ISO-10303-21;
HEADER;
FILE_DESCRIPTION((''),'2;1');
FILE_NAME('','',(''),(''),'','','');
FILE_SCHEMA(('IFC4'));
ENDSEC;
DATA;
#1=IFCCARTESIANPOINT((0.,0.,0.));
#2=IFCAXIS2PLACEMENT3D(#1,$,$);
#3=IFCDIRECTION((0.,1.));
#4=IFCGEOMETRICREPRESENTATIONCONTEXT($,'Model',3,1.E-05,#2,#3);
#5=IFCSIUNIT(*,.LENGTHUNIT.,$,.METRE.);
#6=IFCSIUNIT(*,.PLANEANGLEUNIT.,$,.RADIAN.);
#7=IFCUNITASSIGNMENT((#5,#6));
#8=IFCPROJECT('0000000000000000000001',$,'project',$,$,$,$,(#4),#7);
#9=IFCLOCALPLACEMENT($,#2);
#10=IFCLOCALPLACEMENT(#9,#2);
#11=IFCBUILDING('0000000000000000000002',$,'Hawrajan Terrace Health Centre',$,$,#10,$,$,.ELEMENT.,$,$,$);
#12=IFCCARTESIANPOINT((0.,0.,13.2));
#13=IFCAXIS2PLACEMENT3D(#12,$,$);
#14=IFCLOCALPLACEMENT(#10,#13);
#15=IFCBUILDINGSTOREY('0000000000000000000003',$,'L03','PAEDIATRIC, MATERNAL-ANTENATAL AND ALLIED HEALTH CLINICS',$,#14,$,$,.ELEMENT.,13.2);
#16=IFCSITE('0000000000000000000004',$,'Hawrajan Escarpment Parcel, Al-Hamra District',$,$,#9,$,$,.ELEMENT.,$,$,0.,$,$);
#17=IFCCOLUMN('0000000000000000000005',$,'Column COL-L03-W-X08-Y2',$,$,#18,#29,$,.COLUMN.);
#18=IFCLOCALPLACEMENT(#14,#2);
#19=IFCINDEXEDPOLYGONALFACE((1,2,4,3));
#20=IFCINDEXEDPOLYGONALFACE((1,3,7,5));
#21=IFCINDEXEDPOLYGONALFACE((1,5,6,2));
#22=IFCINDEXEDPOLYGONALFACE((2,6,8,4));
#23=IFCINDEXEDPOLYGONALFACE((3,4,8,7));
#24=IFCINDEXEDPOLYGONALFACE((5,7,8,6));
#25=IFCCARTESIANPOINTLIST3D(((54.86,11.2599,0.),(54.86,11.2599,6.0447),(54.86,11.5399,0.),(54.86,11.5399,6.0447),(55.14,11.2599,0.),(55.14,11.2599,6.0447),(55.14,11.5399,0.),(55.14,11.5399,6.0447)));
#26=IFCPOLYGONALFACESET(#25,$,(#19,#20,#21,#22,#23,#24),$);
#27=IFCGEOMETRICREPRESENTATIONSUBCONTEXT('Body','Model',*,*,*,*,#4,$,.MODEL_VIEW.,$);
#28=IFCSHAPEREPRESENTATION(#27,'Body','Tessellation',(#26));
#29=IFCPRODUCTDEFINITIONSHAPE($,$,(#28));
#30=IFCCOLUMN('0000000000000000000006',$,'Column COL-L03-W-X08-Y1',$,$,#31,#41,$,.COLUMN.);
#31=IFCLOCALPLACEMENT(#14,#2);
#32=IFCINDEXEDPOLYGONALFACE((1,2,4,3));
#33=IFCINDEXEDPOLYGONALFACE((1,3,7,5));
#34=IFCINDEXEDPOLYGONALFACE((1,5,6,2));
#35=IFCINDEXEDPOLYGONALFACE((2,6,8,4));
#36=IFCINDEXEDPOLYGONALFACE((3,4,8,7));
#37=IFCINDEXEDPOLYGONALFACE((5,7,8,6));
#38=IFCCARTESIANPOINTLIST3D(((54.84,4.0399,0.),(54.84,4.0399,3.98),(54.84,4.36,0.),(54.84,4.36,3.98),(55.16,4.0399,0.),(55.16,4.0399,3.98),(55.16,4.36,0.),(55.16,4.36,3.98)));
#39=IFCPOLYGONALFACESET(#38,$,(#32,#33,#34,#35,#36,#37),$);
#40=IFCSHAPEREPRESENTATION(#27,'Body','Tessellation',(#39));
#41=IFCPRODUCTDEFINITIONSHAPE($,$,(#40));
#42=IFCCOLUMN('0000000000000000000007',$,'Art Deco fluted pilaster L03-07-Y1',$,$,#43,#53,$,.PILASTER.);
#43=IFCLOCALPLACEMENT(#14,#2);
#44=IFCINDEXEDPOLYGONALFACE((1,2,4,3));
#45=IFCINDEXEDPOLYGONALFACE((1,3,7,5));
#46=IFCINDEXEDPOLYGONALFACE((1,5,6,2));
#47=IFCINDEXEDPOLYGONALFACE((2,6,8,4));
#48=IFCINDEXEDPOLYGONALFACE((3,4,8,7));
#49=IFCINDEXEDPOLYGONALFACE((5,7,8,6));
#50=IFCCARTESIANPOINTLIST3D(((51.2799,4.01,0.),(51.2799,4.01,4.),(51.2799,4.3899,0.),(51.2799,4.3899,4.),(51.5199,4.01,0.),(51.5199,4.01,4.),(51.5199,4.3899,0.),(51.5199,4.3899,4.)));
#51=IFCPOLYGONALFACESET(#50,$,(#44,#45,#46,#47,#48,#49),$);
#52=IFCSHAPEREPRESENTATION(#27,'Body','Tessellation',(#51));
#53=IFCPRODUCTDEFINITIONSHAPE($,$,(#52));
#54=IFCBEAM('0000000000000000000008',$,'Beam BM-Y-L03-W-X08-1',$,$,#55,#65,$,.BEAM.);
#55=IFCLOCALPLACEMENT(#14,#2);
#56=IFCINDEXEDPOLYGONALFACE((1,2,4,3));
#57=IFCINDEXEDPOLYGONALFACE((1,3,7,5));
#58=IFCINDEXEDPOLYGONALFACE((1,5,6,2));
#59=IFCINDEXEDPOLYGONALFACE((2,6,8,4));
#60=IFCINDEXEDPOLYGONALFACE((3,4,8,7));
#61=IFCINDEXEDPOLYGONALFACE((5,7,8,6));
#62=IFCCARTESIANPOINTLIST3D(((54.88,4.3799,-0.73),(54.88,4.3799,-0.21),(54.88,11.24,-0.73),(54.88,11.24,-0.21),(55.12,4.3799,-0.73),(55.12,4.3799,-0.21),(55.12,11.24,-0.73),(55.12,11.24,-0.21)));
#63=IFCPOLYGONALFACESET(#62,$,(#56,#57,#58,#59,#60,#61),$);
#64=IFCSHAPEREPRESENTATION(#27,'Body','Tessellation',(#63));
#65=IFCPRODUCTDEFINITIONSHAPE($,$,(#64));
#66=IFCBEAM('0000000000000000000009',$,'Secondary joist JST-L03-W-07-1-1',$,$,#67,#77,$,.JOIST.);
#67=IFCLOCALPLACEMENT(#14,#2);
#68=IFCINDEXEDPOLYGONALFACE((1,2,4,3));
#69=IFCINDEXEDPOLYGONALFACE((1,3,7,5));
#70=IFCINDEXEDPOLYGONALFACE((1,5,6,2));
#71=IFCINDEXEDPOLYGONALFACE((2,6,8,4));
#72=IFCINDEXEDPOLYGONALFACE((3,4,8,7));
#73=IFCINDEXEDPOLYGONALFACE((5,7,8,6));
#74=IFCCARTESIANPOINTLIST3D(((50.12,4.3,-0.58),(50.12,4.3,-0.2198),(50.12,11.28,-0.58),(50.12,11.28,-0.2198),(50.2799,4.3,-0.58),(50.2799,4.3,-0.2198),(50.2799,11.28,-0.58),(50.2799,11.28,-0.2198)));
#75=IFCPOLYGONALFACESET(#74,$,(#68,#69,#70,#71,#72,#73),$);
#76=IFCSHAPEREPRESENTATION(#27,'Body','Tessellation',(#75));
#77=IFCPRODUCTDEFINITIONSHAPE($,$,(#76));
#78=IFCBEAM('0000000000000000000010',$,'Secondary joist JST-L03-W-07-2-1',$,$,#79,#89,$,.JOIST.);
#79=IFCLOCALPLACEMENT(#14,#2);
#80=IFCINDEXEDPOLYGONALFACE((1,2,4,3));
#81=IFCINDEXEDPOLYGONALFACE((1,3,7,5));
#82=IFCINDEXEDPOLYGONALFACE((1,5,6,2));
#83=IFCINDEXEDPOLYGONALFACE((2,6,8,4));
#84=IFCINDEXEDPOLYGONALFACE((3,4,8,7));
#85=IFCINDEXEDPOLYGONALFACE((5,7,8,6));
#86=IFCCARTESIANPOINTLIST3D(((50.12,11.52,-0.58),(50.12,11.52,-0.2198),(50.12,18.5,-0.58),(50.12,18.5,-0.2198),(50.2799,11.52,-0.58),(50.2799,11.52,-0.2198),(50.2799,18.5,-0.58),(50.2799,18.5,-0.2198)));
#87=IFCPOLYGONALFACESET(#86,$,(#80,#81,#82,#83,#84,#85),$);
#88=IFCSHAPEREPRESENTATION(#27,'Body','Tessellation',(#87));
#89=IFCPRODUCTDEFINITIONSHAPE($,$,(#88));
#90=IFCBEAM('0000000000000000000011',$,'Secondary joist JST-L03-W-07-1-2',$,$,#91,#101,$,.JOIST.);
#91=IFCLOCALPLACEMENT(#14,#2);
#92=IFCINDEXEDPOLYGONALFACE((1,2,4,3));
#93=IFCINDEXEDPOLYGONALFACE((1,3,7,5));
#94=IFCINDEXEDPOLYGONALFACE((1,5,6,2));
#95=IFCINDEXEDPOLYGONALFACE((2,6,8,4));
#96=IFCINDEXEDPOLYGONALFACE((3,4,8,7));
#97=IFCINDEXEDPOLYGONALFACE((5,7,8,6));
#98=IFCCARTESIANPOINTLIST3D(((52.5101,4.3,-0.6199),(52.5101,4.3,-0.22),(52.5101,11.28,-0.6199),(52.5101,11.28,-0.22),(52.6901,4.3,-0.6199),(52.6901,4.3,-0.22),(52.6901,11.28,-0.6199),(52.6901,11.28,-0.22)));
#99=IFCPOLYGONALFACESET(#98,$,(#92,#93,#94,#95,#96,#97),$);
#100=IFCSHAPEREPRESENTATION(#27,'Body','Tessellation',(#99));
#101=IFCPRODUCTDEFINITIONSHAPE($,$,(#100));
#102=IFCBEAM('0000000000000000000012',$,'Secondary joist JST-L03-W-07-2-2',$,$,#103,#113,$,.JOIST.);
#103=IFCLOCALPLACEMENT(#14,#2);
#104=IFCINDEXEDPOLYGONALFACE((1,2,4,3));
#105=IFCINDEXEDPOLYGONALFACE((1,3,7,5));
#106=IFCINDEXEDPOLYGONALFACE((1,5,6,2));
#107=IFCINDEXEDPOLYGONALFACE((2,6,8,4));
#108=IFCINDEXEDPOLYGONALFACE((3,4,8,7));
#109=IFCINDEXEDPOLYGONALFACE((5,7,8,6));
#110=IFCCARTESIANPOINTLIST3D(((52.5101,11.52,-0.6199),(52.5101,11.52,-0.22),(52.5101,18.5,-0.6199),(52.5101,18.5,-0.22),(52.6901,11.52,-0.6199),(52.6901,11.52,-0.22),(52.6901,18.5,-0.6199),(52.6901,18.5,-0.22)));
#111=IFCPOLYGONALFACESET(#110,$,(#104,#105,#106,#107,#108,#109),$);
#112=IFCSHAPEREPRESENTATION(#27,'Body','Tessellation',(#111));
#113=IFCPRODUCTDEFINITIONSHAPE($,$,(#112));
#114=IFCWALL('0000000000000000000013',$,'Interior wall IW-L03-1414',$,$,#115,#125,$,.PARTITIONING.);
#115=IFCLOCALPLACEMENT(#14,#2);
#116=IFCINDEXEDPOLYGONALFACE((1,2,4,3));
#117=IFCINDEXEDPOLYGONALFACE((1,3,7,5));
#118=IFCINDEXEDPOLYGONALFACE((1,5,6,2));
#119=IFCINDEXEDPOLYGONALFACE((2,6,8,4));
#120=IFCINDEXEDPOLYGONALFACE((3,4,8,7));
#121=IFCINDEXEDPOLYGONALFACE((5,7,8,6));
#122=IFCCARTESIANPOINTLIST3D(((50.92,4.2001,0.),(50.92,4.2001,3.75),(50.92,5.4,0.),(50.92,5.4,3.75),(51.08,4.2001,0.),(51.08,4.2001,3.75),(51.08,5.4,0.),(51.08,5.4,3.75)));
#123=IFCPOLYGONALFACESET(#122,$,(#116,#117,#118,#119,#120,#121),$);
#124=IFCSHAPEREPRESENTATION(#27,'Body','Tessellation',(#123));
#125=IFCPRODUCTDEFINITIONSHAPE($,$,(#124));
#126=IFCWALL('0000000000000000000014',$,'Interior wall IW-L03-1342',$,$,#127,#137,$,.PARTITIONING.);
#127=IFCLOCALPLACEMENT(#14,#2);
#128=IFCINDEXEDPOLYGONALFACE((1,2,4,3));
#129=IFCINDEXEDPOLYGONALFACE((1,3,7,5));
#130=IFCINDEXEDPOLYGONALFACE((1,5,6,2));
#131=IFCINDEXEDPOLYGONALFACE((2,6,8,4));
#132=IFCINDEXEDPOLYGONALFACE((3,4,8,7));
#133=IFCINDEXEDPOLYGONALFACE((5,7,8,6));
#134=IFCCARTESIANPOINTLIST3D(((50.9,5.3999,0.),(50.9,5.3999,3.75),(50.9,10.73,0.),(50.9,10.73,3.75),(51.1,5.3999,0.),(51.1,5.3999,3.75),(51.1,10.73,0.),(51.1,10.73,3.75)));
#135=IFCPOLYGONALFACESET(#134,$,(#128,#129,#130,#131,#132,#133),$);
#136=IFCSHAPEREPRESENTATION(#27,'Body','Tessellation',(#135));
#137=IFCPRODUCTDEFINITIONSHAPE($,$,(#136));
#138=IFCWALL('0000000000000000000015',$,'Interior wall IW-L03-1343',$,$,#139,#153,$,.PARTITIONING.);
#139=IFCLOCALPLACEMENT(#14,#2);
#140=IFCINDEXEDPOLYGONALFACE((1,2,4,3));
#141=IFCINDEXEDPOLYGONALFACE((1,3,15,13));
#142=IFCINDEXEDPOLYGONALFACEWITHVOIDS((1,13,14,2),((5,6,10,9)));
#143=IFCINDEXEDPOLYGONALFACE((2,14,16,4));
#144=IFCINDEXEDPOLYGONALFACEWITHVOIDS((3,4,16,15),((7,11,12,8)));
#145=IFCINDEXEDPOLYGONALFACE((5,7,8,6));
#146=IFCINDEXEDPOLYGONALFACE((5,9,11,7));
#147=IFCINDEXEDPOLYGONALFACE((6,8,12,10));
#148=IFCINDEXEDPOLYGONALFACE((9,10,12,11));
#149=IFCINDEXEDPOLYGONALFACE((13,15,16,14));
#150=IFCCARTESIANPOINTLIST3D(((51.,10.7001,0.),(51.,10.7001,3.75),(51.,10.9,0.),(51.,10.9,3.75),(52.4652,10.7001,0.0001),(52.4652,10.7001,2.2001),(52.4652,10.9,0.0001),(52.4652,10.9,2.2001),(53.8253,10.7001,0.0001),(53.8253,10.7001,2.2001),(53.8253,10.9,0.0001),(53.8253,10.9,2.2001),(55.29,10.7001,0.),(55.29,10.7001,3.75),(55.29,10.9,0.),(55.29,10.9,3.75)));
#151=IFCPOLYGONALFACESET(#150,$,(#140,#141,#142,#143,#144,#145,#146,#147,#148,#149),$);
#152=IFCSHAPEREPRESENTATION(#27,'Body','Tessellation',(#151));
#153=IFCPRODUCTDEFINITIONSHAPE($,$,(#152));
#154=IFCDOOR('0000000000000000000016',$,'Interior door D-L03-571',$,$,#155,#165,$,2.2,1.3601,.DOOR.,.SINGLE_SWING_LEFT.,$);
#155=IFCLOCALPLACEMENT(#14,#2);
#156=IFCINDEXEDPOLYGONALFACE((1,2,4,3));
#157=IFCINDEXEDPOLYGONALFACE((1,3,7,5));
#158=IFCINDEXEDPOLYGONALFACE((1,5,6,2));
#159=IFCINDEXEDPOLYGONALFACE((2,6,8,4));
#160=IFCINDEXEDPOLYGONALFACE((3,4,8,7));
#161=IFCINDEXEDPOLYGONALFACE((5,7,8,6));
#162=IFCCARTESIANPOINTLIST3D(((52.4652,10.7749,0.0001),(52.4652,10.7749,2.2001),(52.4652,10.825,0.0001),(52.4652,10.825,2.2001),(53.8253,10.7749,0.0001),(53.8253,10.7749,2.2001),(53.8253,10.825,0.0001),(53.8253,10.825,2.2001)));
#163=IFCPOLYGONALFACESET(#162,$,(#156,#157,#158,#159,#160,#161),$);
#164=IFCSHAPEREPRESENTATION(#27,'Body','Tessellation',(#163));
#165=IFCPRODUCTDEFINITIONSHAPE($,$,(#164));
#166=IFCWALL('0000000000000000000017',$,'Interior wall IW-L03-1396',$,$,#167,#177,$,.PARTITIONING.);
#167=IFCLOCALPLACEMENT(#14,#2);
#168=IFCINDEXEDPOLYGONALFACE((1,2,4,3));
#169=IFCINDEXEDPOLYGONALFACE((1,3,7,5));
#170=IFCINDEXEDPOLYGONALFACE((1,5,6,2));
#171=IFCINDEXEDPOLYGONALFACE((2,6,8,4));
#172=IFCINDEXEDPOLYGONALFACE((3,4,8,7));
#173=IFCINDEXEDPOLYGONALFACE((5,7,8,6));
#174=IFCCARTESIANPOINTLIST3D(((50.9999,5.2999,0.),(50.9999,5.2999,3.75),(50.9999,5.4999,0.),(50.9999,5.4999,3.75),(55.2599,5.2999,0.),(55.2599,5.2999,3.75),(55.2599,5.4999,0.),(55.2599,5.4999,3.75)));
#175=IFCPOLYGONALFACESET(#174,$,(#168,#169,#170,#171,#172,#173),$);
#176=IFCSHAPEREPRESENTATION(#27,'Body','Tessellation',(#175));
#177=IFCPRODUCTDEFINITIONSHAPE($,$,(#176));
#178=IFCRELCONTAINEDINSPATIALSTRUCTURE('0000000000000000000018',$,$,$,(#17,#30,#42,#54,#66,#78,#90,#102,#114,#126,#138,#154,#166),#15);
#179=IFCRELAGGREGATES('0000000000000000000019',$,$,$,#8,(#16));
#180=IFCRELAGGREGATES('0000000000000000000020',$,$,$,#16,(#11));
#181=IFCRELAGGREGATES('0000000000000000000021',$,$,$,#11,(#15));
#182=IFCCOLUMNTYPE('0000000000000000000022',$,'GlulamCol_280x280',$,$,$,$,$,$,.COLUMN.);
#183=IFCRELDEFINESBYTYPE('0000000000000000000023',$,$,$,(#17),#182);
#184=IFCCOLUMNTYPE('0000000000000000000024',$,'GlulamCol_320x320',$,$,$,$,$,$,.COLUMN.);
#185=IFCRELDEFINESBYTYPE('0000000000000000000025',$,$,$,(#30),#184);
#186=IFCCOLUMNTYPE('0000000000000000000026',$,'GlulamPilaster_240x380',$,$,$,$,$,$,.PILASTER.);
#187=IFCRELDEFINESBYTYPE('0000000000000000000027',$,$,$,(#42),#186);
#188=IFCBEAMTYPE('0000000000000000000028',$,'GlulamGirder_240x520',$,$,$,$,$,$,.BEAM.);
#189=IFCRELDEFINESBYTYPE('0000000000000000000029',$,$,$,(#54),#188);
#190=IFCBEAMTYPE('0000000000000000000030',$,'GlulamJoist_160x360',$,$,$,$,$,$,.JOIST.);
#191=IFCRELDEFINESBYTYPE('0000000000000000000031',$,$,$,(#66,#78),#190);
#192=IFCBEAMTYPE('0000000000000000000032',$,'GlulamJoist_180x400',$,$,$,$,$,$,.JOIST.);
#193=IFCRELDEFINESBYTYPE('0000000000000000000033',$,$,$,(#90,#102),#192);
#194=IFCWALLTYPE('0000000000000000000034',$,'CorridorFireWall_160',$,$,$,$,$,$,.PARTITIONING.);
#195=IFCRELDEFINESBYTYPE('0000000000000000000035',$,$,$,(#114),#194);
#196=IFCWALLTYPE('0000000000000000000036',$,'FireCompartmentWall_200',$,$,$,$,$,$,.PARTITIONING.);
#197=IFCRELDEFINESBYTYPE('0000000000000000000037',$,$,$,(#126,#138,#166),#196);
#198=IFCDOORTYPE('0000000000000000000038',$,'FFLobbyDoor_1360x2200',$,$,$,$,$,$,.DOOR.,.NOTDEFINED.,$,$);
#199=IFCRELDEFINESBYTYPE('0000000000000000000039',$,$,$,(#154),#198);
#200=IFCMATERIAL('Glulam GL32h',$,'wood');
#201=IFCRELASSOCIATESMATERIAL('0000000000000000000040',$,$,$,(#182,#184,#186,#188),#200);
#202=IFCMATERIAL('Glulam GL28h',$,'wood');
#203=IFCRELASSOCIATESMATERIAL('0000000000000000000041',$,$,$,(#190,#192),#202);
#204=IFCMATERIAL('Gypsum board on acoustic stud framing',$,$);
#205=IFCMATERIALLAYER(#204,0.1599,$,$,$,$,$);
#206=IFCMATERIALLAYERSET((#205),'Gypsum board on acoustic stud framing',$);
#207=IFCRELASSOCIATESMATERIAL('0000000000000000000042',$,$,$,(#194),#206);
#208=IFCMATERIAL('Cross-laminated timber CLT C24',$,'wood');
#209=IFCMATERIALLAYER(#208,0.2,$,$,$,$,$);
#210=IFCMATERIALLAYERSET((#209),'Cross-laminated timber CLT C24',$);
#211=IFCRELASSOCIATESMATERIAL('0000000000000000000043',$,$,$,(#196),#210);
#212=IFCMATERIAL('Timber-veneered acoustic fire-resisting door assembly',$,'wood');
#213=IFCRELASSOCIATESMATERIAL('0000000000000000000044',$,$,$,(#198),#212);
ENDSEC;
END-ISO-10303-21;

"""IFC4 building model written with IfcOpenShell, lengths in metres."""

from ifc_helpers import new_model, si_unit, direction, frame, frame_2d, origin, origin_2d, place, context, subcontext, project, spatial, rectangle, extrude, material, layer, layer_set, material_profile, profile_set, type_object, element, fill, save


model = new_model("IFC4")

# Units and contexts
model_context = context("Model", 3, precision=1e-05, world=origin(), true_north=direction((0.0, 1.0)))
body_context = subcontext(model_context, "Body", "Model", "MODEL_VIEW")
ifc_project = project(units=[si_unit("LENGTHUNIT", "METRE"), si_unit("PLANEANGLEUNIT", "RADIAN")], contexts=[model_context])

# Site, building, storey
site_placement = place(None, origin())
site = spatial("IfcSite", under=ifc_project, at=site_placement, Name="Hawrajan Escarpment Parcel, Al-Hamra District", CompositionType="ELEMENT", RefElevation=0.0)
building_placement = place(site_placement, origin())
building = spatial("IfcBuilding", under=site, at=building_placement, Name="Hawrajan Terrace Health Centre", CompositionType="ELEMENT")
storey_placement = place(building_placement, frame((0.0, 0.0, 13.2)))
storey = spatial("IfcBuildingStorey", under=building, at=storey_placement, Name="L03", Description="PAEDIATRIC, MATERNAL-ANTENATAL AND ALLIED HEALTH CLINICS", CompositionType="ELEMENT", Elevation=13.2)

# Columns
ifc_material_1 = material(Name="Glulam GL32h", Category="wood")
ifc_material_profile_1 = material_profile(ifc_material_1, rectangle(XDim=0.28, YDim=0.28, at=origin_2d()), Name="GL 280x280")
ifc_profile_set_1 = profile_set([ifc_material_profile_1], Name="Glulam GL32h")
column_type_1 = type_object("IfcColumnType", Name="GlulamCol_280x280", PredefinedType="COLUMN", material=ifc_profile_set_1)
column_1_placement = place(storey_placement, frame((55.0, 11.3999, 0.0), z_axis=(0.0, 0.0, 1.0), x_axis=(1.0, 0.0, 0.0)))
element("IfcColumn", 1, at=column_1_placement, inside=storey, type_object=column_type_1, Name="Column COL-L03-W-X08-Y2", PredefinedType="COLUMN", context=body_context, shape_type="SweptSolid", body=[
    extrude(rectangle(XDim=0.28, YDim=0.28, at=origin_2d()), origin(), (0.0, 0.0, 1.0), 6.0447),
])
ifc_material_profile_2 = material_profile(ifc_material_1, rectangle(XDim=0.3201, YDim=0.3201, at=origin_2d()), Name="GL 320x320")
ifc_profile_set_2 = profile_set([ifc_material_profile_2], Name="Glulam GL32h")
column_type_2 = type_object("IfcColumnType", Name="GlulamCol_320x320", PredefinedType="COLUMN", material=ifc_profile_set_2)
column_2_placement = place(storey_placement, frame((55.0, 4.2, 0.0), z_axis=(0.0, 0.0, 1.0), x_axis=(1.0, 0.0, 0.0)))
element("IfcColumn", 2, at=column_2_placement, inside=storey, type_object=column_type_2, Name="Column COL-L03-W-X08-Y1", PredefinedType="COLUMN", context=body_context, shape_type="SweptSolid", body=[
    extrude(rectangle(XDim=0.3201, YDim=0.3201, at=origin_2d()), origin(), (0.0, 0.0, 1.0), 3.98),
])
ifc_material_profile_3 = material_profile(ifc_material_1, rectangle(XDim=0.24, YDim=0.3799, at=origin_2d()), Name="GL PIL 240x380")
ifc_profile_set_3 = profile_set([ifc_material_profile_3], Name="Glulam GL32h")
column_type_3 = type_object("IfcColumnType", Name="GlulamPilaster_240x380", PredefinedType="PILASTER", material=ifc_profile_set_3)
column_3_placement = place(storey_placement, frame((51.3999, 4.2, 0.0), z_axis=(0.0, 0.0, 1.0), x_axis=(1.0, 0.0, 0.0)))
element("IfcColumn", 3, at=column_3_placement, inside=storey, type_object=column_type_3, Name="Art Deco fluted pilaster L03-07-Y1", PredefinedType="PILASTER", context=body_context, shape_type="SweptSolid", body=[
    extrude(rectangle(XDim=0.24, YDim=0.3799, at=origin_2d()), origin(), (0.0, 0.0, 1.0), 4.0),
])

# Beams
ifc_material_profile_4 = material_profile(ifc_material_1, rectangle(XDim=0.24, YDim=0.52, at=origin_2d()), Name="GL BM 240x520")
ifc_profile_set_4 = profile_set([ifc_material_profile_4], Name="Glulam GL32h")
beam_type_1 = type_object("IfcBeamType", Name="GlulamGirder_240x520", PredefinedType="BEAM", material=ifc_profile_set_4)
beam_placement = place(storey_placement, frame((55.0, 4.3799, -0.47), z_axis=(0.0, 1.0, 0.0), x_axis=(-1.0, 0.0, 0.0)))
element("IfcBeam", 4, at=beam_placement, inside=storey, type_object=beam_type_1, Name="Beam BM-Y-L03-W-X08-1", PredefinedType="BEAM", context=body_context, shape_type="SweptSolid", body=[
    extrude(rectangle(XDim=0.24, YDim=0.52, at=origin_2d()), origin(), (0.0, 0.0, 1.0), 6.8601),
])
ifc_material_2 = material(Name="Glulam GL28h", Category="wood")
ifc_material_profile_5 = material_profile(ifc_material_2, rectangle(XDim=0.1599, YDim=0.3601, at=origin_2d()), Name="GL JST 160x360")
ifc_profile_set_5 = profile_set([ifc_material_profile_5], Name="Glulam GL28h")
beam_type_2 = type_object("IfcBeamType", Name="GlulamJoist_160x360", PredefinedType="JOIST", material=ifc_profile_set_5)
for number, where, z_axis, x_axis, name in (
    (5, (50.2, 4.3, -0.3999), (0.0, 1.0, 0.0), (-1.0, 0.0, 0.0), "Secondary joist JST-L03-W-07-1-1"),
    (6, (50.2, 11.52, -0.3999), (0.0, 1.0, 0.0), (-1.0, 0.0, 0.0), "Secondary joist JST-L03-W-07-2-1"),
):
    element("IfcBeam", number, at=place(storey_placement, frame(where, z_axis=z_axis, x_axis=x_axis)), inside=storey, type_object=beam_type_2, Name=name, PredefinedType="JOIST", context=body_context, shape_type="SweptSolid", body=[
        extrude(rectangle(XDim=0.1599, YDim=0.3601, at=origin_2d()), origin(), (0.0, 0.0, 1.0), 6.98),
    ])
ifc_material_profile_6 = material_profile(ifc_material_2, rectangle(XDim=0.1799, YDim=0.3999, at=origin_2d()), Name="GL JST 180x400")
ifc_profile_set_6 = profile_set([ifc_material_profile_6], Name="Glulam GL28h")
beam_type_3 = type_object("IfcBeamType", Name="GlulamJoist_180x400", PredefinedType="JOIST", material=ifc_profile_set_6)
for number, where, z_axis, x_axis, name in (
    (7, (52.6001, 4.3, -0.4199), (0.0, 1.0, 0.0), (-1.0, 0.0, 0.0), "Secondary joist JST-L03-W-07-1-2"),
    (8, (52.6001, 11.52, -0.4199), (0.0, 1.0, 0.0), (-1.0, 0.0, 0.0), "Secondary joist JST-L03-W-07-2-2"),
):
    element("IfcBeam", number, at=place(storey_placement, frame(where, z_axis=z_axis, x_axis=x_axis)), inside=storey, type_object=beam_type_3, Name=name, PredefinedType="JOIST", context=body_context, shape_type="SweptSolid", body=[
        extrude(rectangle(XDim=0.1799, YDim=0.3999, at=origin_2d()), origin(), (0.0, 0.0, 1.0), 6.98),
    ])

# Walls
ifc_material_3 = material(Name="Gypsum board on acoustic stud framing")
ifc_layer_1 = layer(ifc_material_3, 0.1599)
ifc_layer_set_1 = layer_set([ifc_layer_1], Name="Gypsum board on acoustic stud framing")
wall_type_1 = type_object("IfcWallType", Name="CorridorFireWall_160", PredefinedType="PARTITIONING", material=ifc_layer_set_1)
wall_1_placement = place(storey_placement, frame((51.0, 4.2, 0.0), z_axis=(0.0, 0.0, 1.0), x_axis=(0.0, 1.0, 0.0)))
element("IfcWall", 9, at=wall_1_placement, inside=storey, type_object=wall_type_1, Name="Interior wall IW-L03-1414", PredefinedType="PARTITIONING", context=body_context, shape_type="SweptSolid", body=[
    extrude(rectangle(XDim=1.2, YDim=0.1599, at=frame_2d((0.6001, 0.0))), origin(), (0.0, 0.0, 1.0), 3.75),
])
ifc_material_4 = material(Name="Cross-laminated timber CLT C24", Category="wood")
ifc_layer_2 = layer(ifc_material_4, 0.2)
ifc_layer_set_2 = layer_set([ifc_layer_2], Name="Cross-laminated timber CLT C24")
wall_type_2 = type_object("IfcWallType", Name="FireCompartmentWall_200", PredefinedType="PARTITIONING", material=ifc_layer_set_2)
wall_2_placement = place(storey_placement, frame((51.0, 5.3999, 0.0), z_axis=(0.0, 0.0, 1.0), x_axis=(0.0, 1.0, 0.0)))
element("IfcWall", 10, at=wall_2_placement, inside=storey, type_object=wall_type_2, Name="Interior wall IW-L03-1342", PredefinedType="PARTITIONING", context=body_context, shape_type="SweptSolid", body=[
    extrude(rectangle(XDim=5.3301, YDim=0.2, at=frame_2d((2.665, 0.0))), origin(), (0.0, 0.0, 1.0), 3.75),
])

# Wall, opening, door
wall_3_placement = place(storey_placement, frame((51.0, 10.8, 0.0), z_axis=(0.0, 0.0, 1.0), x_axis=(1.0, 0.0, 0.0)))
wall_3 = element("IfcWall", 11, at=wall_3_placement, inside=storey, type_object=wall_type_2, Name="Interior wall IW-L03-1343", PredefinedType="PARTITIONING", context=body_context, shape_type="SweptSolid", body=[
    extrude(rectangle(XDim=4.29, YDim=0.2, at=frame_2d((2.145, 0.0))), origin(), (0.0, 0.0, 1.0), 3.75),
])
opening_1_placement = place(wall_3_placement, frame((1.4651, 0.0, 0.0)))
opening_1 = element("IfcOpeningElement", 12, at=opening_1_placement, cuts=wall_3, PredefinedType="OPENING", context=body_context, shape_type="SweptSolid", body=[
    extrude(rectangle(XDim=1.3601, YDim=2.2, at=frame_2d((0.6802, 1.1001))), frame((0.0, 0.1099, 0.0), z_axis=(0.0, -1.0, 0.0), x_axis=(1.0, 0.0, 0.0)), (0.0, 0.0, 1.0), 0.22),
])
ifc_material_5 = material(Name="Timber-veneered acoustic fire-resisting door assembly", Category="wood")
door_type = type_object("IfcDoorType", Name="FFLobbyDoor_1360x2200", OperationType="NOTDEFINED", PredefinedType="DOOR", material=ifc_material_5)
door_placement = place(opening_1_placement, origin())
door = element("IfcDoor", 13, at=door_placement, inside=storey, type_object=door_type, Name="Interior door D-L03-571", OperationType="SINGLE_SWING_LEFT", OverallHeight=2.2, OverallWidth=1.3601, PredefinedType="DOOR", context=body_context, shape_type="SweptSolid", body=[
    extrude(rectangle(XDim=1.3601, YDim=2.2, at=frame_2d((0.6802, 1.1001))), frame((0.0, 0.0249, 0.0), z_axis=(0.0, -1.0, 0.0), x_axis=(1.0, 0.0, 0.0)), (0.0, 0.0, 1.0), 0.05),
])
fill(opening_1, door)

# Wall
wall_4_placement = place(storey_placement, frame((51.0, 5.3999, 0.0), z_axis=(0.0, 0.0, 1.0), x_axis=(1.0, 0.0, 0.0)))
element("IfcWall", 14, at=wall_4_placement, inside=storey, type_object=wall_type_2, Name="Interior wall IW-L03-1396", PredefinedType="PARTITIONING", context=body_context, shape_type="SweptSolid", body=[
    extrude(rectangle(XDim=4.26, YDim=0.2, at=frame_2d((2.1299, 0.0))), origin(), (0.0, 0.0, 1.0), 3.75),
])

save(model, "model.ifc")
